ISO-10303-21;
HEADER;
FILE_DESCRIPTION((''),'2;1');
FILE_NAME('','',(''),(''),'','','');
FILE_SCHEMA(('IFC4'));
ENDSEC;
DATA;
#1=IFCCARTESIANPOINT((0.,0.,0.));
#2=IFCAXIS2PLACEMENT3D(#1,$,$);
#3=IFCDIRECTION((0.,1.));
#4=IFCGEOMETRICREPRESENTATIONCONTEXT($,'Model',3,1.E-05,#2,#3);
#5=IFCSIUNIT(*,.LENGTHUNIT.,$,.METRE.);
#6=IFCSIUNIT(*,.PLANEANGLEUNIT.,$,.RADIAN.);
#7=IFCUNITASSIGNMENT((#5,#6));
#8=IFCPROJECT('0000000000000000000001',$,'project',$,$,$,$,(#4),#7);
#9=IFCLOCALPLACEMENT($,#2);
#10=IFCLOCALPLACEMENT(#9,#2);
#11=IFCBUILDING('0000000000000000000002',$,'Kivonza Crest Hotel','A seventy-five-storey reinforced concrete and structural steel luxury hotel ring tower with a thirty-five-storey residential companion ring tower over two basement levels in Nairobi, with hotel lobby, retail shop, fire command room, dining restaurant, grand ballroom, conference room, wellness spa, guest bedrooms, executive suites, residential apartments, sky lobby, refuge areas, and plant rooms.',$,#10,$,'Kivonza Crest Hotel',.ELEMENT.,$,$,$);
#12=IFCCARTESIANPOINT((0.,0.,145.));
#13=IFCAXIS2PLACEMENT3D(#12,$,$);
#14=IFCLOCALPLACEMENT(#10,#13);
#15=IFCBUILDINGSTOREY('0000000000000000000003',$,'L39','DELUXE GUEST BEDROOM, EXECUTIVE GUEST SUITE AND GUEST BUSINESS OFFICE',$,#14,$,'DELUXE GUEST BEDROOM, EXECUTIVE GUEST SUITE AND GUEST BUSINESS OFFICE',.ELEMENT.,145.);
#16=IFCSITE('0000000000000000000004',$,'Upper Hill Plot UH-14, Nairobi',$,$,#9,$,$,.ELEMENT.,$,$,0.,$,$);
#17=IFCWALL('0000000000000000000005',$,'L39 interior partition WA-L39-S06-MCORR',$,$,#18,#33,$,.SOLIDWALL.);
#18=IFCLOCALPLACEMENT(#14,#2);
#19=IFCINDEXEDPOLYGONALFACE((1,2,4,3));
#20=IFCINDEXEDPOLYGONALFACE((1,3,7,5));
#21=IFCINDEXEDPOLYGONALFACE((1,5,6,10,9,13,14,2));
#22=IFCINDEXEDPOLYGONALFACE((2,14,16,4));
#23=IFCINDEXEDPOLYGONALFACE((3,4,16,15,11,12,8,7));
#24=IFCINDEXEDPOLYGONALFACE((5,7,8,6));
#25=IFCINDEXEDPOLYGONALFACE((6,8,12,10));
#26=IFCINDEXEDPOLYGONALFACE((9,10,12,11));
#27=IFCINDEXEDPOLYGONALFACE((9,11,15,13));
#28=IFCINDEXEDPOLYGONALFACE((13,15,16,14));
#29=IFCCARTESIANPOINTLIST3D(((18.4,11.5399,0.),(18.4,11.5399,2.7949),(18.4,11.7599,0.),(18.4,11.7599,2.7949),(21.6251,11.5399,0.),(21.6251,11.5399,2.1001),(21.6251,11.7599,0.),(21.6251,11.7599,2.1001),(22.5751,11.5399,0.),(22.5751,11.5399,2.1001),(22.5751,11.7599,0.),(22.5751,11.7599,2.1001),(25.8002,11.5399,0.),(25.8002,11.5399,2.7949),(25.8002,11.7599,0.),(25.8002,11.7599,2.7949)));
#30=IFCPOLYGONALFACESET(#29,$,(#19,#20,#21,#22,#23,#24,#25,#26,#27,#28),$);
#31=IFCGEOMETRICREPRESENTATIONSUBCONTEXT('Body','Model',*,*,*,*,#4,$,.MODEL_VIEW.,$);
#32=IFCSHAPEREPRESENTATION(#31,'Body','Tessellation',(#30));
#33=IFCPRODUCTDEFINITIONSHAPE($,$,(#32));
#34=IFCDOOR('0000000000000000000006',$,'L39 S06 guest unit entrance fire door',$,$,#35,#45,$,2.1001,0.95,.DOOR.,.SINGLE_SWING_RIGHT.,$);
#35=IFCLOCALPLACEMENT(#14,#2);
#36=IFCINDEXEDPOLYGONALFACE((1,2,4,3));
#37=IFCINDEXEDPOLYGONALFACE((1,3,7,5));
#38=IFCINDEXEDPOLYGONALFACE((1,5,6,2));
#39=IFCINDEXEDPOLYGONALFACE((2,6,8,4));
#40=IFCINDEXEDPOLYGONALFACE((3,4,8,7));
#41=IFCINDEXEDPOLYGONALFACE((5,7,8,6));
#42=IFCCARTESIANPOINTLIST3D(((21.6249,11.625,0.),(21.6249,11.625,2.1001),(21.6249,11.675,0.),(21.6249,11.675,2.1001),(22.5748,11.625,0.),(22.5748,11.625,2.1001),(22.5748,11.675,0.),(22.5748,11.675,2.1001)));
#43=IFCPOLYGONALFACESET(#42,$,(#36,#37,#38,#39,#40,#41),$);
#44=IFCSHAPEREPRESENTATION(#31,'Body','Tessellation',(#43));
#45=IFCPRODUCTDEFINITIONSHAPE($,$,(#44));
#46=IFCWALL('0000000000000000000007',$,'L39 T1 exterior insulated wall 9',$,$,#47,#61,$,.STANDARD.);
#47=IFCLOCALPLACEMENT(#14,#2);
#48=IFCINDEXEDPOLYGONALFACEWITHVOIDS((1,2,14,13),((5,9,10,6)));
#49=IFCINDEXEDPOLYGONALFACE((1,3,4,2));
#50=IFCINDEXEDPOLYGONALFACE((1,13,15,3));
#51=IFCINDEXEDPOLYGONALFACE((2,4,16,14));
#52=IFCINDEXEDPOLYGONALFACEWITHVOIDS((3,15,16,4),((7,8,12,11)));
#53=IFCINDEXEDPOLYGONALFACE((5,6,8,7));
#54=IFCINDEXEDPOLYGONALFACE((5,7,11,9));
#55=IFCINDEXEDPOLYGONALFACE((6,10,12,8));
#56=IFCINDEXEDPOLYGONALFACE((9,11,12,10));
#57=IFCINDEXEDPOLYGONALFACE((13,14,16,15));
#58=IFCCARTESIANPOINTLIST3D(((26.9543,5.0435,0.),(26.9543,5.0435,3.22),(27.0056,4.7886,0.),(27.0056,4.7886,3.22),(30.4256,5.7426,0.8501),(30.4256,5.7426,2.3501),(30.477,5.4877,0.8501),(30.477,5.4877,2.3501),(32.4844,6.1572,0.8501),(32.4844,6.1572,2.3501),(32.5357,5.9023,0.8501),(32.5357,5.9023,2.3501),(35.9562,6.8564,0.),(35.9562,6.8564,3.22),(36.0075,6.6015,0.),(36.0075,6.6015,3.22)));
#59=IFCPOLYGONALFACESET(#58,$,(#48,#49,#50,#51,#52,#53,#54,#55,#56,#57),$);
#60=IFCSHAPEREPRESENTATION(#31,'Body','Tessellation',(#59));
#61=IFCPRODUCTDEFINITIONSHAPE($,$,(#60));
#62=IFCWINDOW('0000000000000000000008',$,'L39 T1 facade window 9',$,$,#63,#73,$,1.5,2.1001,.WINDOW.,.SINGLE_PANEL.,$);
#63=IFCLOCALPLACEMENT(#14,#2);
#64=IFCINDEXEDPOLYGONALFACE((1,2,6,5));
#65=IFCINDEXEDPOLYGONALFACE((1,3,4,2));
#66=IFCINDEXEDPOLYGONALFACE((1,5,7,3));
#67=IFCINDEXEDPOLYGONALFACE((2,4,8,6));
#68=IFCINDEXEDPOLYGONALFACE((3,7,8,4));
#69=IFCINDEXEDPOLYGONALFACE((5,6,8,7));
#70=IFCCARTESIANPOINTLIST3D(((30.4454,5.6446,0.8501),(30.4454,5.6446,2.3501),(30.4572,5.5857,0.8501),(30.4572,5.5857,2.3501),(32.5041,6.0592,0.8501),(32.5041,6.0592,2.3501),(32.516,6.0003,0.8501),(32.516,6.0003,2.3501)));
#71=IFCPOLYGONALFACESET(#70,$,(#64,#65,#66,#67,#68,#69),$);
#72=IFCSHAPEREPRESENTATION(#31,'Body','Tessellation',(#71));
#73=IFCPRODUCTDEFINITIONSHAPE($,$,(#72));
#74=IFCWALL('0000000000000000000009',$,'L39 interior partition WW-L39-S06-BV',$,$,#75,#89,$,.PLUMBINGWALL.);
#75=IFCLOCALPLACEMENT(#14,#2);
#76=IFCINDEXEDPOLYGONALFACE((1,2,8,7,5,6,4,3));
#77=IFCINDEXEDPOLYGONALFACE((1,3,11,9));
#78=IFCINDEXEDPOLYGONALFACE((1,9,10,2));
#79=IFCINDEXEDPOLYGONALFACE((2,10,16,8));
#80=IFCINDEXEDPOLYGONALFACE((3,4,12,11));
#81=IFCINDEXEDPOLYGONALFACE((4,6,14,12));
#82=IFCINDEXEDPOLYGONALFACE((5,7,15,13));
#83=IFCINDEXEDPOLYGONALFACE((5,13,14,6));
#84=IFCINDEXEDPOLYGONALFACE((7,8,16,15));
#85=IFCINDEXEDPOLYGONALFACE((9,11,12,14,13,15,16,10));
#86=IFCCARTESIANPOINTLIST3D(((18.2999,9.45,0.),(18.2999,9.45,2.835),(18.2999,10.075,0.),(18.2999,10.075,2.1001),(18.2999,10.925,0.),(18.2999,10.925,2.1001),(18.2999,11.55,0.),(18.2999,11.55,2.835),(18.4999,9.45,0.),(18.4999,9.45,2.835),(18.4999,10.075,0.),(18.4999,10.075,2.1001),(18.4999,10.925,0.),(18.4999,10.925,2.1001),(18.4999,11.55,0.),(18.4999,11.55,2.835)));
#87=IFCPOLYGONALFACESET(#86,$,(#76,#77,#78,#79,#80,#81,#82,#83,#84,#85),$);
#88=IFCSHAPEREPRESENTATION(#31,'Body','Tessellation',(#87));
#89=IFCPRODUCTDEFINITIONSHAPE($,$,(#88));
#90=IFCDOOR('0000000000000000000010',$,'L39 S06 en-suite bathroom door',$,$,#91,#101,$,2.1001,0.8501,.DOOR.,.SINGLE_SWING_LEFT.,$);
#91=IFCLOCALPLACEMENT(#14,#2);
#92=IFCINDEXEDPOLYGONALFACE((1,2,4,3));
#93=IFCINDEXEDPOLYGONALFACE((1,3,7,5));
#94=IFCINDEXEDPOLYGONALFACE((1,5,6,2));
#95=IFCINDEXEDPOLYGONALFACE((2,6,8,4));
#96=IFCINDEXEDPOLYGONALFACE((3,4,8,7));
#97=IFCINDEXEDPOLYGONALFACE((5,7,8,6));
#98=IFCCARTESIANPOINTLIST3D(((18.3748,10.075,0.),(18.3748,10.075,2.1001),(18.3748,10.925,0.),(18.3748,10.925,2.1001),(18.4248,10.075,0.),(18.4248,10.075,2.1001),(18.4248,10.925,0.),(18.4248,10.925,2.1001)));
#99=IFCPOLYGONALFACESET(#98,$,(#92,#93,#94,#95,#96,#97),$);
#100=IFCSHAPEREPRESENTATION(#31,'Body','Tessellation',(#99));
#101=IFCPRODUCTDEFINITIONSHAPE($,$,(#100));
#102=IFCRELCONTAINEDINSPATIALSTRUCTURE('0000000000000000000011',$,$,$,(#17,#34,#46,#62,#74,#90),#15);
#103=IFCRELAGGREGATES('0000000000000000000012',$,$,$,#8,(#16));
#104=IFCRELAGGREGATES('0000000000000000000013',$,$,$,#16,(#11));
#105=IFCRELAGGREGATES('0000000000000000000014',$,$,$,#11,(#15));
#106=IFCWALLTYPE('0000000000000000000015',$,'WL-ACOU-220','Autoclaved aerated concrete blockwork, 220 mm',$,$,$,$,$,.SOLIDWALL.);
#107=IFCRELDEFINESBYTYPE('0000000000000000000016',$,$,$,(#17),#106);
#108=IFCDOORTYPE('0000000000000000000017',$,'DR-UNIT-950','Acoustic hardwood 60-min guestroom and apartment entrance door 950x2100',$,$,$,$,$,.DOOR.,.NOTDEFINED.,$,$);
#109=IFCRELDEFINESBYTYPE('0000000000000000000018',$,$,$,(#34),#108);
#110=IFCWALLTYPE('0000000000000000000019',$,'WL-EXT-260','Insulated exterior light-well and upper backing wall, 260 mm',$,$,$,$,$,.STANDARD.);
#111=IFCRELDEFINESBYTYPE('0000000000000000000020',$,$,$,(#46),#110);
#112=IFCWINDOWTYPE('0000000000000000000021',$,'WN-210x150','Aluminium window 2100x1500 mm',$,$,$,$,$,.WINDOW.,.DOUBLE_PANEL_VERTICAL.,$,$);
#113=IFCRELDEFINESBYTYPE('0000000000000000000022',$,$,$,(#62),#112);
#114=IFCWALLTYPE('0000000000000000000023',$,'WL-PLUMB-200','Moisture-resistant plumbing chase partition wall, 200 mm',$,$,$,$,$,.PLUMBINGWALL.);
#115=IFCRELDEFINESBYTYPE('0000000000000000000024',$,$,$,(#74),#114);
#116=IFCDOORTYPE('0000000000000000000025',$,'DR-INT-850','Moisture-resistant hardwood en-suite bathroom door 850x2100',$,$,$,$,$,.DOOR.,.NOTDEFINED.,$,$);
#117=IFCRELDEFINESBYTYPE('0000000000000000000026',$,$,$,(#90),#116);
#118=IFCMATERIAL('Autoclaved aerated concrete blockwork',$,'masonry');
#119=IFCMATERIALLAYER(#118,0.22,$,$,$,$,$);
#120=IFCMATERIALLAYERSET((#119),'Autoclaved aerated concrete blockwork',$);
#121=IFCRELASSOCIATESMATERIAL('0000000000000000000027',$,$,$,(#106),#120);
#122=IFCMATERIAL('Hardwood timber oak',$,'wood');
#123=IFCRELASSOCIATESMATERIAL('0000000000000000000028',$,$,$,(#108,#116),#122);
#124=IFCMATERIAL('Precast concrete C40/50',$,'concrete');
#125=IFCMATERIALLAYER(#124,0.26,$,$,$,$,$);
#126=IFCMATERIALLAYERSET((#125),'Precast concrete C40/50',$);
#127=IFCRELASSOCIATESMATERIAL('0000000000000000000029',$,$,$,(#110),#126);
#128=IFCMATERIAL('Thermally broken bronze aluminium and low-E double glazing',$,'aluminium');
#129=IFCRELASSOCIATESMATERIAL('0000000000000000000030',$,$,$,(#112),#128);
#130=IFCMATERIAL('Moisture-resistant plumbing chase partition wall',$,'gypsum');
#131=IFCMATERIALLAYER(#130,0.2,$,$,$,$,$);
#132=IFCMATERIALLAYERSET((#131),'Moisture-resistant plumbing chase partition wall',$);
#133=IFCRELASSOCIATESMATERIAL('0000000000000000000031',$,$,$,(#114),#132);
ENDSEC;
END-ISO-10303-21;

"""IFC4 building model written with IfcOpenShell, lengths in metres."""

from ifc_helpers import new_model, si_unit, direction, frame, frame_2d, origin, place, context, subcontext, project, spatial, rectangle, extrude, material, layer, layer_set, type_object, element, fill, save


model = new_model("IFC4")

# Units and contexts
model_context = context("Model", 3, precision=1e-05, world=origin(), true_north=direction((0.0, 1.0)))
body_context = subcontext(model_context, "Body", "Model", "MODEL_VIEW")
ifc_project = project(units=[si_unit("LENGTHUNIT", "METRE"), si_unit("PLANEANGLEUNIT", "RADIAN")], contexts=[model_context])

# Site, building, storey
site_placement = place(None, origin())
site = spatial("IfcSite", under=ifc_project, at=site_placement, Name="Upper Hill Plot UH-14, Nairobi", CompositionType="ELEMENT", RefElevation=0.0)
building_placement = place(site_placement, origin())
building = spatial("IfcBuilding", under=site, at=building_placement, Name="Kivonza Crest Hotel", Description="A seventy-five-storey reinforced concrete and structural steel luxury hotel ring tower with a thirty-five-storey residential companion ring tower over two basement levels in Nairobi, with hotel lobby, retail shop, fire command room, dining restaurant, grand ballroom, conference room, wellness spa, guest bedrooms, executive suites, residential apartments, sky lobby, refuge areas, and plant rooms.", LongName="Kivonza Crest Hotel", CompositionType="ELEMENT")
storey_placement = place(building_placement, frame((0.0, 0.0, 145.0)))
storey = spatial("IfcBuildingStorey", under=building, at=storey_placement, Name="L39", Description="DELUXE GUEST BEDROOM, EXECUTIVE GUEST SUITE AND GUEST BUSINESS OFFICE", LongName="DELUXE GUEST BEDROOM, EXECUTIVE GUEST SUITE AND GUEST BUSINESS OFFICE", CompositionType="ELEMENT", Elevation=145.0)

# Wall, opening, door
ifc_material_1 = material(Name="Autoclaved aerated concrete blockwork", Category="masonry")
ifc_layer_1 = layer(ifc_material_1, 0.22)
ifc_layer_set_1 = layer_set([ifc_layer_1], Name="Autoclaved aerated concrete blockwork")
wall_type_1 = type_object("IfcWallType", Name="WL-ACOU-220", Description="Autoclaved aerated concrete blockwork, 220 mm", PredefinedType="SOLIDWALL", material=ifc_layer_set_1)
wall_1_placement = place(storey_placement, frame((18.3999, 11.6499, 0.0), z_axis=(0.0, 0.0, 1.0), x_axis=(1.0, 0.0, 0.0)))
wall_1 = element("IfcWall", 1, at=wall_1_placement, inside=storey, type_object=wall_type_1, Name="L39 interior partition WA-L39-S06-MCORR", PredefinedType="SOLIDWALL", context=body_context, shape_type="SweptSolid", body=[
    extrude(rectangle(XDim=7.4001, YDim=0.22, at=frame_2d((3.7002, 0.0))), origin(), (0.0, 0.0, 1.0), 2.7949),
])
opening_1_placement = place(wall_1_placement, frame((3.2251, 0.0, 0.0)))
opening_1 = element("IfcOpeningElement", 2, at=opening_1_placement, cuts=wall_1, PredefinedType="OPENING", context=body_context, shape_type="SweptSolid", body=[
    extrude(rectangle(XDim=0.95, YDim=2.1001, at=frame_2d((0.4751, 1.05))), frame((0.0, 0.1201, 0.0), z_axis=(0.0, -1.0, 0.0), x_axis=(1.0, 0.0, 0.0)), (0.0, 0.0, 1.0), 0.24),
])
ifc_material_2 = material(Name="Hardwood timber oak", Category="wood")
door_type_1 = type_object("IfcDoorType", Name="DR-UNIT-950", Description="Acoustic hardwood 60-min guestroom and apartment entrance door 950x2100", OperationType="NOTDEFINED", PredefinedType="DOOR", material=ifc_material_2)
door_1_placement = place(opening_1_placement, frame((0.95, 0.0, 0.0), z_axis=(0.0, 0.0, 1.0), x_axis=(-1.0, 0.0, 0.0)))
door_1 = element("IfcDoor", 3, at=door_1_placement, inside=storey, type_object=door_type_1, Name="L39 S06 guest unit entrance fire door", OperationType="SINGLE_SWING_RIGHT", OverallHeight=2.1001, OverallWidth=0.95, PredefinedType="DOOR", context=body_context, shape_type="SweptSolid", body=[
    extrude(rectangle(XDim=0.95, YDim=2.1001, at=frame_2d((0.4751, 1.05))), frame((0.0, 0.0249, 0.0), z_axis=(0.0, -1.0, 0.0), x_axis=(1.0, 0.0, 0.0)), (0.0, 0.0, 1.0), 0.05),
])
fill(opening_1, door_1)

# Wall, opening, window
ifc_material_3 = material(Name="Precast concrete C40/50", Category="concrete")
ifc_layer_2 = layer(ifc_material_3, 0.26)
ifc_layer_set_2 = layer_set([ifc_layer_2], Name="Precast concrete C40/50")
wall_type_2 = type_object("IfcWallType", Name="WL-EXT-260", Description="Insulated exterior light-well and upper backing wall, 260 mm", PredefinedType="STANDARD", material=ifc_layer_set_2)
wall_2_placement = place(storey_placement, frame((26.98, 4.916, 0.0), z_axis=(0.0, 0.0, 1.0), x_axis=(0.980316, 0.197435, 0.0)))
wall_2 = element("IfcWall", 4, at=wall_2_placement, inside=storey, type_object=wall_type_2, Name="L39 T1 exterior insulated wall 9", PredefinedType="STANDARD", context=body_context, shape_type="SweptSolid", body=[
    extrude(rectangle(XDim=9.1826, YDim=0.26, at=frame_2d((4.5913, 0.0))), origin(), (0.0, 0.0, 1.0), 3.22),
])
opening_2_placement = place(wall_2_placement, frame((3.541, 0.0, 0.8501)))
opening_2 = element("IfcOpeningElement", 5, at=opening_2_placement, cuts=wall_2, PredefinedType="OPENING", context=body_context, shape_type="SweptSolid", body=[
    extrude(rectangle(XDim=2.1001, YDim=1.5, at=frame_2d((1.05, 0.75))), frame((0.0, 0.1401, 0.0), z_axis=(0.0, -1.0, 0.0), x_axis=(1.0, 0.0, 0.0)), (0.0, 0.0, 1.0), 0.28),
])
ifc_material_4 = material(Name="Thermally broken bronze aluminium and low-E double glazing", Category="aluminium")
window_type = type_object("IfcWindowType", Name="WN-210x150", Description="Aluminium window 2100x1500 mm", PartitioningType="DOUBLE_PANEL_VERTICAL", PredefinedType="WINDOW", material=ifc_material_4)
window_placement = place(opening_2_placement, origin())
window = element("IfcWindow", 6, at=window_placement, inside=storey, type_object=window_type, Name="L39 T1 facade window 9", OverallHeight=1.5, OverallWidth=2.1001, PartitioningType="SINGLE_PANEL", PredefinedType="WINDOW", context=body_context, shape_type="SweptSolid", body=[
    extrude(rectangle(XDim=2.1001, YDim=1.5, at=frame_2d((1.05, 0.75))), frame((0.0, 0.03, 0.0), z_axis=(0.0, -1.0, 0.0), x_axis=(1.0, 0.0, 0.0)), (0.0, 0.0, 1.0), 0.0601),
])
fill(opening_2, window)

# Wall, opening, door
ifc_material_5 = material(Name="Moisture-resistant plumbing chase partition wall", Category="gypsum")
ifc_layer_3 = layer(ifc_material_5, 0.2)
ifc_layer_set_3 = layer_set([ifc_layer_3], Name="Moisture-resistant plumbing chase partition wall")
wall_type_3 = type_object("IfcWallType", Name="WL-PLUMB-200", Description="Moisture-resistant plumbing chase partition wall, 200 mm", PredefinedType="PLUMBINGWALL", material=ifc_layer_set_3)
wall_3_placement = place(storey_placement, frame((18.3999, 9.45, 0.0), z_axis=(0.0, 0.0, 1.0), x_axis=(0.0, 1.0, 0.0)))
wall_3 = element("IfcWall", 7, at=wall_3_placement, inside=storey, type_object=wall_type_3, Name="L39 interior partition WW-L39-S06-BV", PredefinedType="PLUMBINGWALL", context=body_context, shape_type="SweptSolid", body=[
    extrude(rectangle(XDim=2.1001, YDim=0.2, at=frame_2d((1.05, 0.0))), origin(), (0.0, 0.0, 1.0), 2.835),
])
opening_3_placement = place(wall_3_placement, frame((0.625, 0.0, 0.0)))
opening_3 = element("IfcOpeningElement", 8, at=opening_3_placement, cuts=wall_3, PredefinedType="OPENING", context=body_context, shape_type="SweptSolid", body=[
    extrude(rectangle(XDim=0.8501, YDim=2.1001, at=frame_2d((0.425, 1.05))), frame((0.0, 0.1099, 0.0), z_axis=(0.0, -1.0, 0.0), x_axis=(1.0, 0.0, 0.0)), (0.0, 0.0, 1.0), 0.22),
])
door_type_2 = type_object("IfcDoorType", Name="DR-INT-850", Description="Moisture-resistant hardwood en-suite bathroom door 850x2100", OperationType="NOTDEFINED", PredefinedType="DOOR", material=ifc_material_2)
door_2_placement = place(opening_3_placement, frame((0.8501, 0.0, 0.0), z_axis=(0.0, 0.0, 1.0), x_axis=(-1.0, 0.0, 0.0)))
door_2 = element("IfcDoor", 9, at=door_2_placement, inside=storey, type_object=door_type_2, Name="L39 S06 en-suite bathroom door", OperationType="SINGLE_SWING_LEFT", OverallHeight=2.1001, OverallWidth=0.8501, PredefinedType="DOOR", context=body_context, shape_type="SweptSolid", body=[
    extrude(rectangle(XDim=0.8501, YDim=2.1001, at=frame_2d((0.425, 1.05))), frame((0.0, 0.0249, 0.0), z_axis=(0.0, -1.0, 0.0), x_axis=(1.0, 0.0, 0.0)), (0.0, 0.0, 1.0), 0.05),
])
fill(opening_3, door_2)

save(model, "model.ifc")
